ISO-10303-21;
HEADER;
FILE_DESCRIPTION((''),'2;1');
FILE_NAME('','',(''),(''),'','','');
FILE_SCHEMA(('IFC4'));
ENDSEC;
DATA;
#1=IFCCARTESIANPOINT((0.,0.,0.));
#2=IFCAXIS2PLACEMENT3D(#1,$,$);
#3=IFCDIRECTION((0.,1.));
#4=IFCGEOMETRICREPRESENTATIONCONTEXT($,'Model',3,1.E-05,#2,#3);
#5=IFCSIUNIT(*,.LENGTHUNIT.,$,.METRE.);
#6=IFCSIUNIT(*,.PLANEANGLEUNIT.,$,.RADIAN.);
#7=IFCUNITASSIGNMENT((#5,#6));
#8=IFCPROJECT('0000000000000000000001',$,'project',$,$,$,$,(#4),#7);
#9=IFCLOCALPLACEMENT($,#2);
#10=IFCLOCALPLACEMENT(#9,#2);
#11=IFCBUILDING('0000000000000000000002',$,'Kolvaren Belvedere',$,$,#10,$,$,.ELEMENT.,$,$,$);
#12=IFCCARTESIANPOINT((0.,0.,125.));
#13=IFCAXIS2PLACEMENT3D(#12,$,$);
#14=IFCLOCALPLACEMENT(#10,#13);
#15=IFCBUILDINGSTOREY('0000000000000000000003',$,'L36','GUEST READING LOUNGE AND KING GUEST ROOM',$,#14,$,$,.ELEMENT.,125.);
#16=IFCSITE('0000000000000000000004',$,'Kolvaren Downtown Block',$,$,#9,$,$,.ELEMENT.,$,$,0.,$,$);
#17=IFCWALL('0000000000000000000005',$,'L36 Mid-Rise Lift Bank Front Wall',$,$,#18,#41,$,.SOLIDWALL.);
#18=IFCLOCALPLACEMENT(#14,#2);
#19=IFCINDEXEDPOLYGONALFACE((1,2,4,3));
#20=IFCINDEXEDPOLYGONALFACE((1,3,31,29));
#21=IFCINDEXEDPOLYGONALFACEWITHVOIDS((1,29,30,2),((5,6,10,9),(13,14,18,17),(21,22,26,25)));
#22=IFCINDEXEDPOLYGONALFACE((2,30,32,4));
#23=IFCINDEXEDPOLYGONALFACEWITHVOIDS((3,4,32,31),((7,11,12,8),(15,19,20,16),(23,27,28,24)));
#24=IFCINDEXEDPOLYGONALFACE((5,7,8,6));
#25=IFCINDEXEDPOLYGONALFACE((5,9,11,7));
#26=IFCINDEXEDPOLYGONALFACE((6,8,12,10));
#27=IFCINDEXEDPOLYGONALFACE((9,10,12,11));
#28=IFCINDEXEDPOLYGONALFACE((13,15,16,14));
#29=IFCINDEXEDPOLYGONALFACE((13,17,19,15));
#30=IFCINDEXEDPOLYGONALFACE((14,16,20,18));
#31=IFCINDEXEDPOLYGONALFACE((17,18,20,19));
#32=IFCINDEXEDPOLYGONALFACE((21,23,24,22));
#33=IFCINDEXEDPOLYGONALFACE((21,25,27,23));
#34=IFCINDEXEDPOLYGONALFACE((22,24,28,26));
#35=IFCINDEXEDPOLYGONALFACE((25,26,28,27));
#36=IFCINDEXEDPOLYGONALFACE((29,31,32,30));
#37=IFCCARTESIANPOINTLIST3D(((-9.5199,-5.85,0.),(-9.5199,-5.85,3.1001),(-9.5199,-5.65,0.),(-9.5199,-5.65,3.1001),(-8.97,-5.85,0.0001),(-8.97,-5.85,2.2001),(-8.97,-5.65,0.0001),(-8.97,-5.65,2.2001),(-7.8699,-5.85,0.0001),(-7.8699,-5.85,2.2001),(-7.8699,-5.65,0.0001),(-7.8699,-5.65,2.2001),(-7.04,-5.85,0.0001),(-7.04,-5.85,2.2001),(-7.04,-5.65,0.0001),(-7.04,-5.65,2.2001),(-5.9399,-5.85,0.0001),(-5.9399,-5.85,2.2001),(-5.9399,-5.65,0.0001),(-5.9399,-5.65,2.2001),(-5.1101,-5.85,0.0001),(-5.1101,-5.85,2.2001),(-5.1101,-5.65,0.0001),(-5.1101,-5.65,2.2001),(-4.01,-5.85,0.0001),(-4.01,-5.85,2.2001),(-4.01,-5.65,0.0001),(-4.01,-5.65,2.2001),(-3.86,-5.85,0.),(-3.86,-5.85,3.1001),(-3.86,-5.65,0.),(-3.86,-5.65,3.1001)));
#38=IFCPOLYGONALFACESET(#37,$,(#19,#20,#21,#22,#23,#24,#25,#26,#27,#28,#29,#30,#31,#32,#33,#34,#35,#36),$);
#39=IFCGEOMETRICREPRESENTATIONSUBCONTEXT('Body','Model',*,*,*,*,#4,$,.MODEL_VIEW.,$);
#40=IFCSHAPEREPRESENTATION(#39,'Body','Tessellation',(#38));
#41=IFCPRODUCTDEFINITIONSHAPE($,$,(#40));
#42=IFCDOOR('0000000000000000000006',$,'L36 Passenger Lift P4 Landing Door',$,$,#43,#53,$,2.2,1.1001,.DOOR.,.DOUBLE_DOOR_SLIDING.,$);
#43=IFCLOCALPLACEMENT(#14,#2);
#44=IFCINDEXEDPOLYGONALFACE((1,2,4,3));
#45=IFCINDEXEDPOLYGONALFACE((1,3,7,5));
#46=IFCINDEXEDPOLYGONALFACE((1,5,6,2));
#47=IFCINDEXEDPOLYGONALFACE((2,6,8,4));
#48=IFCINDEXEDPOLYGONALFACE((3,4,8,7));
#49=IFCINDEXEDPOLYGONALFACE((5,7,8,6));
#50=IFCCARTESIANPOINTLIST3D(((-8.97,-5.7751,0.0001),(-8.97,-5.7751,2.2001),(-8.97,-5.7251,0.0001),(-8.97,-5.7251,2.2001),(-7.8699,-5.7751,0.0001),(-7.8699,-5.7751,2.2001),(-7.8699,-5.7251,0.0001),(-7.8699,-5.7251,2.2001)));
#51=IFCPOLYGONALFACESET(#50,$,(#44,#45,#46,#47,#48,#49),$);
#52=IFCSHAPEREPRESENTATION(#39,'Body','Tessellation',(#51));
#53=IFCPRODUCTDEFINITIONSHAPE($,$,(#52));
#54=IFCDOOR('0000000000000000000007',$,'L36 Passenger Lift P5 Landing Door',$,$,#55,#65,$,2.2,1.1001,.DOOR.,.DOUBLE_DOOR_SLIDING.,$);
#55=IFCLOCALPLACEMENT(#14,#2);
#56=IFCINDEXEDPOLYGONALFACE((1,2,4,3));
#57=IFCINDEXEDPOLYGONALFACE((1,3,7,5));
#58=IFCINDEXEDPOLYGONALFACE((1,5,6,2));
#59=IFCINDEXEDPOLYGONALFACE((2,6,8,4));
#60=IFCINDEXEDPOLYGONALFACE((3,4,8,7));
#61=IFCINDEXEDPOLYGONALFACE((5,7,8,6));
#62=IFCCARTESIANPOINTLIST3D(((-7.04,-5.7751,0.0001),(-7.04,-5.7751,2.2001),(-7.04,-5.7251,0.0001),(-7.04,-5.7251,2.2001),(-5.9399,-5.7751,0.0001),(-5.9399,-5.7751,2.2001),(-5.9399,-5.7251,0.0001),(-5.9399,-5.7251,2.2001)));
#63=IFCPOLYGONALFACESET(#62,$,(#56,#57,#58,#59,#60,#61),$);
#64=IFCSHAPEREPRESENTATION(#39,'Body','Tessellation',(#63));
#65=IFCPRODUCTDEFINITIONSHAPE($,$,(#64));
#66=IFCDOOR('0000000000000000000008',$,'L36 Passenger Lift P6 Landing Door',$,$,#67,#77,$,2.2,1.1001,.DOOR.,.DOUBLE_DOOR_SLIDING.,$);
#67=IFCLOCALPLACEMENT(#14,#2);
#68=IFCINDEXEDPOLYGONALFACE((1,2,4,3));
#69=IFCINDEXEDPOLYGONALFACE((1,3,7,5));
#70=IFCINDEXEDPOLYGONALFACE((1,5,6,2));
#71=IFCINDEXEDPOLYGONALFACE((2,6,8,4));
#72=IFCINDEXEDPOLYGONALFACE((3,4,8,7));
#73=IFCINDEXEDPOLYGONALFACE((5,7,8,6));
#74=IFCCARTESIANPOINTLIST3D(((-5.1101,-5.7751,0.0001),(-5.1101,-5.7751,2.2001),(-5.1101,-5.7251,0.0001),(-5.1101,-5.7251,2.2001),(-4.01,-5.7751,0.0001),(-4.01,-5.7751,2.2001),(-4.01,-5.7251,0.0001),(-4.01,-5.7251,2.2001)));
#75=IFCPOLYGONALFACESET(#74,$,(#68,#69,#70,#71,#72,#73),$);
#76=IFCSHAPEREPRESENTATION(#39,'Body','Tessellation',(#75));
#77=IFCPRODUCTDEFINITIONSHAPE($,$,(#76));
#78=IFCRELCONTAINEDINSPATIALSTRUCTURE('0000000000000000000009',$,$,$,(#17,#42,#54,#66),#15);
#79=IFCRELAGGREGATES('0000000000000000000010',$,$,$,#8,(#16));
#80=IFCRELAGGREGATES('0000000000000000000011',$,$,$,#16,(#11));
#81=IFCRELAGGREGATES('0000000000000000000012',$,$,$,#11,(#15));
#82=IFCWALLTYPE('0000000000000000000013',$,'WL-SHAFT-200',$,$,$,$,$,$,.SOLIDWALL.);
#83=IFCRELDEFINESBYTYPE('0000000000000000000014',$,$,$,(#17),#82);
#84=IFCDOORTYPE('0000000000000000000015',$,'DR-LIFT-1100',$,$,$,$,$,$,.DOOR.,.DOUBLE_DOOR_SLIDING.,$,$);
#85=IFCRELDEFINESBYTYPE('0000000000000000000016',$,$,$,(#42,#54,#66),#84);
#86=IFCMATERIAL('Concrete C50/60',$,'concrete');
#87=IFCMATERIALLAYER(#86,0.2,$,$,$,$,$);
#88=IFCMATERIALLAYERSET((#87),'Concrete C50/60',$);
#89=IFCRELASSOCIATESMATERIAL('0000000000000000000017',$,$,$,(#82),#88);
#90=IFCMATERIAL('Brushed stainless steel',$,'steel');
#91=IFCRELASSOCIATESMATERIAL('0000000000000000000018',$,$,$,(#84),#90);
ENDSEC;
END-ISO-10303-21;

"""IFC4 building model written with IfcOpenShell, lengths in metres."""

from ifc_helpers import new_model, si_unit, direction, frame, frame_2d, origin, place, context, subcontext, project, spatial, rectangle, extrude, material, layer, layer_set, type_object, element, fill, save


model = new_model("IFC4")

# Units and contexts
model_context = context("Model", 3, precision=1e-05, world=origin(), true_north=direction((0.0, 1.0)))
body_context = subcontext(model_context, "Body", "Model", "MODEL_VIEW")
ifc_project = project(units=[si_unit("LENGTHUNIT", "METRE"), si_unit("PLANEANGLEUNIT", "RADIAN")], contexts=[model_context])

# Site, building, storey
site_placement = place(None, origin())
site = spatial("IfcSite", under=ifc_project, at=site_placement, Name="Kolvaren Downtown Block", CompositionType="ELEMENT", RefElevation=0.0)
building_placement = place(site_placement, origin())
building = spatial("IfcBuilding", under=site, at=building_placement, Name="Kolvaren Belvedere", CompositionType="ELEMENT")
storey_placement = place(building_placement, frame((0.0, 0.0, 125.0)))
storey = spatial("IfcBuildingStorey", under=building, at=storey_placement, Name="L36", Description="GUEST READING LOUNGE AND KING GUEST ROOM", CompositionType="ELEMENT", Elevation=125.0)

# Shared definitions
ifc_material_1 = material(Name="Concrete C50/60", Category="concrete")
ifc_layer_1 = layer(ifc_material_1, 0.2)
ifc_layer_set_1 = layer_set([ifc_layer_1], Name="Concrete C50/60")
wall_type_1 = type_object("IfcWallType", Name="WL-SHAFT-200", PredefinedType="SOLIDWALL", material=ifc_layer_set_1)
ifc_material_2 = material(Name="Brushed stainless steel", Category="steel")
door_type_1 = type_object("IfcDoorType", Name="DR-LIFT-1100", OperationType="DOUBLE_DOOR_SLIDING", PredefinedType="DOOR", material=ifc_material_2)

# Wall, openings, doors
wall_1_placement = place(storey_placement, frame((-9.52, -5.75, 0.0), z_axis=(0.0, 0.0, 1.0), x_axis=(1.0, 0.0, 0.0)))
wall_1 = element("IfcWall", 1, at=wall_1_placement, inside=storey, type_object=wall_type_1, Name="L36 Mid-Rise Lift Bank Front Wall", PredefinedType="SOLIDWALL", context=body_context, shape_type="SweptSolid", body=[
    extrude(rectangle(XDim=5.6599, YDim=0.2, at=frame_2d((2.8301, 0.0))), origin(), (0.0, 0.0, 1.0), 3.1001),
])
opening_1_placement = place(wall_1_placement, frame((0.55, 0.0, 0.0)))
opening_1 = element("IfcOpeningElement", 2, at=opening_1_placement, cuts=wall_1, PredefinedType="OPENING", context=body_context, shape_type="SweptSolid", body=[
    extrude(rectangle(XDim=1.1001, YDim=2.2, at=frame_2d((0.55, 1.1001))), frame((0.0, 0.1099, 0.0), z_axis=(0.0, -1.0, 0.0), x_axis=(1.0, 0.0, 0.0)), (0.0, 0.0, 1.0), 0.22),
])
opening_2_placement = place(wall_1_placement, frame((2.48, 0.0, 0.0)))
opening_2 = element("IfcOpeningElement", 3, at=opening_2_placement, cuts=wall_1, PredefinedType="OPENING", context=body_context, shape_type="SweptSolid", body=[
    extrude(rectangle(XDim=1.1001, YDim=2.2, at=frame_2d((0.55, 1.1001))), frame((0.0, 0.1099, 0.0), z_axis=(0.0, -1.0, 0.0), x_axis=(1.0, 0.0, 0.0)), (0.0, 0.0, 1.0), 0.22),
])
opening_3_placement = place(wall_1_placement, frame((4.4099, 0.0, 0.0)))
opening_3 = element("IfcOpeningElement", 4, at=opening_3_placement, cuts=wall_1, PredefinedType="OPENING", context=body_context, shape_type="SweptSolid", body=[
    extrude(rectangle(XDim=1.1001, YDim=2.2, at=frame_2d((0.55, 1.1001))), frame((0.0, 0.1099, 0.0), z_axis=(0.0, -1.0, 0.0), x_axis=(1.0, 0.0, 0.0)), (0.0, 0.0, 1.0), 0.22),
])
door_1_placement = place(opening_1_placement, origin())
door_1 = element("IfcDoor", 5, at=door_1_placement, inside=storey, type_object=door_type_1, Name="L36 Passenger Lift P4 Landing Door", OperationType="DOUBLE_DOOR_SLIDING", OverallHeight=2.2, OverallWidth=1.1001, PredefinedType="DOOR", context=body_context, shape_type="SweptSolid", body=[
    extrude(rectangle(XDim=1.1001, YDim=2.2, at=frame_2d((0.55, 1.1001))), frame((0.0, 0.0249, 0.0), z_axis=(0.0, -1.0, 0.0), x_axis=(1.0, 0.0, 0.0)), (0.0, 0.0, 1.0), 0.05),
])
fill(opening_1, door_1)
door_2_placement = place(opening_2_placement, origin())
door_2 = element("IfcDoor", 6, at=door_2_placement, inside=storey, type_object=door_type_1, Name="L36 Passenger Lift P5 Landing Door", OperationType="DOUBLE_DOOR_SLIDING", OverallHeight=2.2, OverallWidth=1.1001, PredefinedType="DOOR", context=body_context, shape_type="SweptSolid", body=[
    extrude(rectangle(XDim=1.1001, YDim=2.2, at=frame_2d((0.55, 1.1001))), frame((0.0, 0.0249, 0.0), z_axis=(0.0, -1.0, 0.0), x_axis=(1.0, 0.0, 0.0)), (0.0, 0.0, 1.0), 0.05),
])
fill(opening_2, door_2)
door_3_placement = place(opening_3_placement, origin())
door_3 = element("IfcDoor", 7, at=door_3_placement, inside=storey, type_object=door_type_1, Name="L36 Passenger Lift P6 Landing Door", OperationType="DOUBLE_DOOR_SLIDING", OverallHeight=2.2, OverallWidth=1.1001, PredefinedType="DOOR", context=body_context, shape_type="SweptSolid", body=[
    extrude(rectangle(XDim=1.1001, YDim=2.2, at=frame_2d((0.55, 1.1001))), frame((0.0, 0.0249, 0.0), z_axis=(0.0, -1.0, 0.0), x_axis=(1.0, 0.0, 0.0)), (0.0, 0.0, 1.0), 0.05),
])
fill(opening_3, door_3)

save(model, "model.ifc")
